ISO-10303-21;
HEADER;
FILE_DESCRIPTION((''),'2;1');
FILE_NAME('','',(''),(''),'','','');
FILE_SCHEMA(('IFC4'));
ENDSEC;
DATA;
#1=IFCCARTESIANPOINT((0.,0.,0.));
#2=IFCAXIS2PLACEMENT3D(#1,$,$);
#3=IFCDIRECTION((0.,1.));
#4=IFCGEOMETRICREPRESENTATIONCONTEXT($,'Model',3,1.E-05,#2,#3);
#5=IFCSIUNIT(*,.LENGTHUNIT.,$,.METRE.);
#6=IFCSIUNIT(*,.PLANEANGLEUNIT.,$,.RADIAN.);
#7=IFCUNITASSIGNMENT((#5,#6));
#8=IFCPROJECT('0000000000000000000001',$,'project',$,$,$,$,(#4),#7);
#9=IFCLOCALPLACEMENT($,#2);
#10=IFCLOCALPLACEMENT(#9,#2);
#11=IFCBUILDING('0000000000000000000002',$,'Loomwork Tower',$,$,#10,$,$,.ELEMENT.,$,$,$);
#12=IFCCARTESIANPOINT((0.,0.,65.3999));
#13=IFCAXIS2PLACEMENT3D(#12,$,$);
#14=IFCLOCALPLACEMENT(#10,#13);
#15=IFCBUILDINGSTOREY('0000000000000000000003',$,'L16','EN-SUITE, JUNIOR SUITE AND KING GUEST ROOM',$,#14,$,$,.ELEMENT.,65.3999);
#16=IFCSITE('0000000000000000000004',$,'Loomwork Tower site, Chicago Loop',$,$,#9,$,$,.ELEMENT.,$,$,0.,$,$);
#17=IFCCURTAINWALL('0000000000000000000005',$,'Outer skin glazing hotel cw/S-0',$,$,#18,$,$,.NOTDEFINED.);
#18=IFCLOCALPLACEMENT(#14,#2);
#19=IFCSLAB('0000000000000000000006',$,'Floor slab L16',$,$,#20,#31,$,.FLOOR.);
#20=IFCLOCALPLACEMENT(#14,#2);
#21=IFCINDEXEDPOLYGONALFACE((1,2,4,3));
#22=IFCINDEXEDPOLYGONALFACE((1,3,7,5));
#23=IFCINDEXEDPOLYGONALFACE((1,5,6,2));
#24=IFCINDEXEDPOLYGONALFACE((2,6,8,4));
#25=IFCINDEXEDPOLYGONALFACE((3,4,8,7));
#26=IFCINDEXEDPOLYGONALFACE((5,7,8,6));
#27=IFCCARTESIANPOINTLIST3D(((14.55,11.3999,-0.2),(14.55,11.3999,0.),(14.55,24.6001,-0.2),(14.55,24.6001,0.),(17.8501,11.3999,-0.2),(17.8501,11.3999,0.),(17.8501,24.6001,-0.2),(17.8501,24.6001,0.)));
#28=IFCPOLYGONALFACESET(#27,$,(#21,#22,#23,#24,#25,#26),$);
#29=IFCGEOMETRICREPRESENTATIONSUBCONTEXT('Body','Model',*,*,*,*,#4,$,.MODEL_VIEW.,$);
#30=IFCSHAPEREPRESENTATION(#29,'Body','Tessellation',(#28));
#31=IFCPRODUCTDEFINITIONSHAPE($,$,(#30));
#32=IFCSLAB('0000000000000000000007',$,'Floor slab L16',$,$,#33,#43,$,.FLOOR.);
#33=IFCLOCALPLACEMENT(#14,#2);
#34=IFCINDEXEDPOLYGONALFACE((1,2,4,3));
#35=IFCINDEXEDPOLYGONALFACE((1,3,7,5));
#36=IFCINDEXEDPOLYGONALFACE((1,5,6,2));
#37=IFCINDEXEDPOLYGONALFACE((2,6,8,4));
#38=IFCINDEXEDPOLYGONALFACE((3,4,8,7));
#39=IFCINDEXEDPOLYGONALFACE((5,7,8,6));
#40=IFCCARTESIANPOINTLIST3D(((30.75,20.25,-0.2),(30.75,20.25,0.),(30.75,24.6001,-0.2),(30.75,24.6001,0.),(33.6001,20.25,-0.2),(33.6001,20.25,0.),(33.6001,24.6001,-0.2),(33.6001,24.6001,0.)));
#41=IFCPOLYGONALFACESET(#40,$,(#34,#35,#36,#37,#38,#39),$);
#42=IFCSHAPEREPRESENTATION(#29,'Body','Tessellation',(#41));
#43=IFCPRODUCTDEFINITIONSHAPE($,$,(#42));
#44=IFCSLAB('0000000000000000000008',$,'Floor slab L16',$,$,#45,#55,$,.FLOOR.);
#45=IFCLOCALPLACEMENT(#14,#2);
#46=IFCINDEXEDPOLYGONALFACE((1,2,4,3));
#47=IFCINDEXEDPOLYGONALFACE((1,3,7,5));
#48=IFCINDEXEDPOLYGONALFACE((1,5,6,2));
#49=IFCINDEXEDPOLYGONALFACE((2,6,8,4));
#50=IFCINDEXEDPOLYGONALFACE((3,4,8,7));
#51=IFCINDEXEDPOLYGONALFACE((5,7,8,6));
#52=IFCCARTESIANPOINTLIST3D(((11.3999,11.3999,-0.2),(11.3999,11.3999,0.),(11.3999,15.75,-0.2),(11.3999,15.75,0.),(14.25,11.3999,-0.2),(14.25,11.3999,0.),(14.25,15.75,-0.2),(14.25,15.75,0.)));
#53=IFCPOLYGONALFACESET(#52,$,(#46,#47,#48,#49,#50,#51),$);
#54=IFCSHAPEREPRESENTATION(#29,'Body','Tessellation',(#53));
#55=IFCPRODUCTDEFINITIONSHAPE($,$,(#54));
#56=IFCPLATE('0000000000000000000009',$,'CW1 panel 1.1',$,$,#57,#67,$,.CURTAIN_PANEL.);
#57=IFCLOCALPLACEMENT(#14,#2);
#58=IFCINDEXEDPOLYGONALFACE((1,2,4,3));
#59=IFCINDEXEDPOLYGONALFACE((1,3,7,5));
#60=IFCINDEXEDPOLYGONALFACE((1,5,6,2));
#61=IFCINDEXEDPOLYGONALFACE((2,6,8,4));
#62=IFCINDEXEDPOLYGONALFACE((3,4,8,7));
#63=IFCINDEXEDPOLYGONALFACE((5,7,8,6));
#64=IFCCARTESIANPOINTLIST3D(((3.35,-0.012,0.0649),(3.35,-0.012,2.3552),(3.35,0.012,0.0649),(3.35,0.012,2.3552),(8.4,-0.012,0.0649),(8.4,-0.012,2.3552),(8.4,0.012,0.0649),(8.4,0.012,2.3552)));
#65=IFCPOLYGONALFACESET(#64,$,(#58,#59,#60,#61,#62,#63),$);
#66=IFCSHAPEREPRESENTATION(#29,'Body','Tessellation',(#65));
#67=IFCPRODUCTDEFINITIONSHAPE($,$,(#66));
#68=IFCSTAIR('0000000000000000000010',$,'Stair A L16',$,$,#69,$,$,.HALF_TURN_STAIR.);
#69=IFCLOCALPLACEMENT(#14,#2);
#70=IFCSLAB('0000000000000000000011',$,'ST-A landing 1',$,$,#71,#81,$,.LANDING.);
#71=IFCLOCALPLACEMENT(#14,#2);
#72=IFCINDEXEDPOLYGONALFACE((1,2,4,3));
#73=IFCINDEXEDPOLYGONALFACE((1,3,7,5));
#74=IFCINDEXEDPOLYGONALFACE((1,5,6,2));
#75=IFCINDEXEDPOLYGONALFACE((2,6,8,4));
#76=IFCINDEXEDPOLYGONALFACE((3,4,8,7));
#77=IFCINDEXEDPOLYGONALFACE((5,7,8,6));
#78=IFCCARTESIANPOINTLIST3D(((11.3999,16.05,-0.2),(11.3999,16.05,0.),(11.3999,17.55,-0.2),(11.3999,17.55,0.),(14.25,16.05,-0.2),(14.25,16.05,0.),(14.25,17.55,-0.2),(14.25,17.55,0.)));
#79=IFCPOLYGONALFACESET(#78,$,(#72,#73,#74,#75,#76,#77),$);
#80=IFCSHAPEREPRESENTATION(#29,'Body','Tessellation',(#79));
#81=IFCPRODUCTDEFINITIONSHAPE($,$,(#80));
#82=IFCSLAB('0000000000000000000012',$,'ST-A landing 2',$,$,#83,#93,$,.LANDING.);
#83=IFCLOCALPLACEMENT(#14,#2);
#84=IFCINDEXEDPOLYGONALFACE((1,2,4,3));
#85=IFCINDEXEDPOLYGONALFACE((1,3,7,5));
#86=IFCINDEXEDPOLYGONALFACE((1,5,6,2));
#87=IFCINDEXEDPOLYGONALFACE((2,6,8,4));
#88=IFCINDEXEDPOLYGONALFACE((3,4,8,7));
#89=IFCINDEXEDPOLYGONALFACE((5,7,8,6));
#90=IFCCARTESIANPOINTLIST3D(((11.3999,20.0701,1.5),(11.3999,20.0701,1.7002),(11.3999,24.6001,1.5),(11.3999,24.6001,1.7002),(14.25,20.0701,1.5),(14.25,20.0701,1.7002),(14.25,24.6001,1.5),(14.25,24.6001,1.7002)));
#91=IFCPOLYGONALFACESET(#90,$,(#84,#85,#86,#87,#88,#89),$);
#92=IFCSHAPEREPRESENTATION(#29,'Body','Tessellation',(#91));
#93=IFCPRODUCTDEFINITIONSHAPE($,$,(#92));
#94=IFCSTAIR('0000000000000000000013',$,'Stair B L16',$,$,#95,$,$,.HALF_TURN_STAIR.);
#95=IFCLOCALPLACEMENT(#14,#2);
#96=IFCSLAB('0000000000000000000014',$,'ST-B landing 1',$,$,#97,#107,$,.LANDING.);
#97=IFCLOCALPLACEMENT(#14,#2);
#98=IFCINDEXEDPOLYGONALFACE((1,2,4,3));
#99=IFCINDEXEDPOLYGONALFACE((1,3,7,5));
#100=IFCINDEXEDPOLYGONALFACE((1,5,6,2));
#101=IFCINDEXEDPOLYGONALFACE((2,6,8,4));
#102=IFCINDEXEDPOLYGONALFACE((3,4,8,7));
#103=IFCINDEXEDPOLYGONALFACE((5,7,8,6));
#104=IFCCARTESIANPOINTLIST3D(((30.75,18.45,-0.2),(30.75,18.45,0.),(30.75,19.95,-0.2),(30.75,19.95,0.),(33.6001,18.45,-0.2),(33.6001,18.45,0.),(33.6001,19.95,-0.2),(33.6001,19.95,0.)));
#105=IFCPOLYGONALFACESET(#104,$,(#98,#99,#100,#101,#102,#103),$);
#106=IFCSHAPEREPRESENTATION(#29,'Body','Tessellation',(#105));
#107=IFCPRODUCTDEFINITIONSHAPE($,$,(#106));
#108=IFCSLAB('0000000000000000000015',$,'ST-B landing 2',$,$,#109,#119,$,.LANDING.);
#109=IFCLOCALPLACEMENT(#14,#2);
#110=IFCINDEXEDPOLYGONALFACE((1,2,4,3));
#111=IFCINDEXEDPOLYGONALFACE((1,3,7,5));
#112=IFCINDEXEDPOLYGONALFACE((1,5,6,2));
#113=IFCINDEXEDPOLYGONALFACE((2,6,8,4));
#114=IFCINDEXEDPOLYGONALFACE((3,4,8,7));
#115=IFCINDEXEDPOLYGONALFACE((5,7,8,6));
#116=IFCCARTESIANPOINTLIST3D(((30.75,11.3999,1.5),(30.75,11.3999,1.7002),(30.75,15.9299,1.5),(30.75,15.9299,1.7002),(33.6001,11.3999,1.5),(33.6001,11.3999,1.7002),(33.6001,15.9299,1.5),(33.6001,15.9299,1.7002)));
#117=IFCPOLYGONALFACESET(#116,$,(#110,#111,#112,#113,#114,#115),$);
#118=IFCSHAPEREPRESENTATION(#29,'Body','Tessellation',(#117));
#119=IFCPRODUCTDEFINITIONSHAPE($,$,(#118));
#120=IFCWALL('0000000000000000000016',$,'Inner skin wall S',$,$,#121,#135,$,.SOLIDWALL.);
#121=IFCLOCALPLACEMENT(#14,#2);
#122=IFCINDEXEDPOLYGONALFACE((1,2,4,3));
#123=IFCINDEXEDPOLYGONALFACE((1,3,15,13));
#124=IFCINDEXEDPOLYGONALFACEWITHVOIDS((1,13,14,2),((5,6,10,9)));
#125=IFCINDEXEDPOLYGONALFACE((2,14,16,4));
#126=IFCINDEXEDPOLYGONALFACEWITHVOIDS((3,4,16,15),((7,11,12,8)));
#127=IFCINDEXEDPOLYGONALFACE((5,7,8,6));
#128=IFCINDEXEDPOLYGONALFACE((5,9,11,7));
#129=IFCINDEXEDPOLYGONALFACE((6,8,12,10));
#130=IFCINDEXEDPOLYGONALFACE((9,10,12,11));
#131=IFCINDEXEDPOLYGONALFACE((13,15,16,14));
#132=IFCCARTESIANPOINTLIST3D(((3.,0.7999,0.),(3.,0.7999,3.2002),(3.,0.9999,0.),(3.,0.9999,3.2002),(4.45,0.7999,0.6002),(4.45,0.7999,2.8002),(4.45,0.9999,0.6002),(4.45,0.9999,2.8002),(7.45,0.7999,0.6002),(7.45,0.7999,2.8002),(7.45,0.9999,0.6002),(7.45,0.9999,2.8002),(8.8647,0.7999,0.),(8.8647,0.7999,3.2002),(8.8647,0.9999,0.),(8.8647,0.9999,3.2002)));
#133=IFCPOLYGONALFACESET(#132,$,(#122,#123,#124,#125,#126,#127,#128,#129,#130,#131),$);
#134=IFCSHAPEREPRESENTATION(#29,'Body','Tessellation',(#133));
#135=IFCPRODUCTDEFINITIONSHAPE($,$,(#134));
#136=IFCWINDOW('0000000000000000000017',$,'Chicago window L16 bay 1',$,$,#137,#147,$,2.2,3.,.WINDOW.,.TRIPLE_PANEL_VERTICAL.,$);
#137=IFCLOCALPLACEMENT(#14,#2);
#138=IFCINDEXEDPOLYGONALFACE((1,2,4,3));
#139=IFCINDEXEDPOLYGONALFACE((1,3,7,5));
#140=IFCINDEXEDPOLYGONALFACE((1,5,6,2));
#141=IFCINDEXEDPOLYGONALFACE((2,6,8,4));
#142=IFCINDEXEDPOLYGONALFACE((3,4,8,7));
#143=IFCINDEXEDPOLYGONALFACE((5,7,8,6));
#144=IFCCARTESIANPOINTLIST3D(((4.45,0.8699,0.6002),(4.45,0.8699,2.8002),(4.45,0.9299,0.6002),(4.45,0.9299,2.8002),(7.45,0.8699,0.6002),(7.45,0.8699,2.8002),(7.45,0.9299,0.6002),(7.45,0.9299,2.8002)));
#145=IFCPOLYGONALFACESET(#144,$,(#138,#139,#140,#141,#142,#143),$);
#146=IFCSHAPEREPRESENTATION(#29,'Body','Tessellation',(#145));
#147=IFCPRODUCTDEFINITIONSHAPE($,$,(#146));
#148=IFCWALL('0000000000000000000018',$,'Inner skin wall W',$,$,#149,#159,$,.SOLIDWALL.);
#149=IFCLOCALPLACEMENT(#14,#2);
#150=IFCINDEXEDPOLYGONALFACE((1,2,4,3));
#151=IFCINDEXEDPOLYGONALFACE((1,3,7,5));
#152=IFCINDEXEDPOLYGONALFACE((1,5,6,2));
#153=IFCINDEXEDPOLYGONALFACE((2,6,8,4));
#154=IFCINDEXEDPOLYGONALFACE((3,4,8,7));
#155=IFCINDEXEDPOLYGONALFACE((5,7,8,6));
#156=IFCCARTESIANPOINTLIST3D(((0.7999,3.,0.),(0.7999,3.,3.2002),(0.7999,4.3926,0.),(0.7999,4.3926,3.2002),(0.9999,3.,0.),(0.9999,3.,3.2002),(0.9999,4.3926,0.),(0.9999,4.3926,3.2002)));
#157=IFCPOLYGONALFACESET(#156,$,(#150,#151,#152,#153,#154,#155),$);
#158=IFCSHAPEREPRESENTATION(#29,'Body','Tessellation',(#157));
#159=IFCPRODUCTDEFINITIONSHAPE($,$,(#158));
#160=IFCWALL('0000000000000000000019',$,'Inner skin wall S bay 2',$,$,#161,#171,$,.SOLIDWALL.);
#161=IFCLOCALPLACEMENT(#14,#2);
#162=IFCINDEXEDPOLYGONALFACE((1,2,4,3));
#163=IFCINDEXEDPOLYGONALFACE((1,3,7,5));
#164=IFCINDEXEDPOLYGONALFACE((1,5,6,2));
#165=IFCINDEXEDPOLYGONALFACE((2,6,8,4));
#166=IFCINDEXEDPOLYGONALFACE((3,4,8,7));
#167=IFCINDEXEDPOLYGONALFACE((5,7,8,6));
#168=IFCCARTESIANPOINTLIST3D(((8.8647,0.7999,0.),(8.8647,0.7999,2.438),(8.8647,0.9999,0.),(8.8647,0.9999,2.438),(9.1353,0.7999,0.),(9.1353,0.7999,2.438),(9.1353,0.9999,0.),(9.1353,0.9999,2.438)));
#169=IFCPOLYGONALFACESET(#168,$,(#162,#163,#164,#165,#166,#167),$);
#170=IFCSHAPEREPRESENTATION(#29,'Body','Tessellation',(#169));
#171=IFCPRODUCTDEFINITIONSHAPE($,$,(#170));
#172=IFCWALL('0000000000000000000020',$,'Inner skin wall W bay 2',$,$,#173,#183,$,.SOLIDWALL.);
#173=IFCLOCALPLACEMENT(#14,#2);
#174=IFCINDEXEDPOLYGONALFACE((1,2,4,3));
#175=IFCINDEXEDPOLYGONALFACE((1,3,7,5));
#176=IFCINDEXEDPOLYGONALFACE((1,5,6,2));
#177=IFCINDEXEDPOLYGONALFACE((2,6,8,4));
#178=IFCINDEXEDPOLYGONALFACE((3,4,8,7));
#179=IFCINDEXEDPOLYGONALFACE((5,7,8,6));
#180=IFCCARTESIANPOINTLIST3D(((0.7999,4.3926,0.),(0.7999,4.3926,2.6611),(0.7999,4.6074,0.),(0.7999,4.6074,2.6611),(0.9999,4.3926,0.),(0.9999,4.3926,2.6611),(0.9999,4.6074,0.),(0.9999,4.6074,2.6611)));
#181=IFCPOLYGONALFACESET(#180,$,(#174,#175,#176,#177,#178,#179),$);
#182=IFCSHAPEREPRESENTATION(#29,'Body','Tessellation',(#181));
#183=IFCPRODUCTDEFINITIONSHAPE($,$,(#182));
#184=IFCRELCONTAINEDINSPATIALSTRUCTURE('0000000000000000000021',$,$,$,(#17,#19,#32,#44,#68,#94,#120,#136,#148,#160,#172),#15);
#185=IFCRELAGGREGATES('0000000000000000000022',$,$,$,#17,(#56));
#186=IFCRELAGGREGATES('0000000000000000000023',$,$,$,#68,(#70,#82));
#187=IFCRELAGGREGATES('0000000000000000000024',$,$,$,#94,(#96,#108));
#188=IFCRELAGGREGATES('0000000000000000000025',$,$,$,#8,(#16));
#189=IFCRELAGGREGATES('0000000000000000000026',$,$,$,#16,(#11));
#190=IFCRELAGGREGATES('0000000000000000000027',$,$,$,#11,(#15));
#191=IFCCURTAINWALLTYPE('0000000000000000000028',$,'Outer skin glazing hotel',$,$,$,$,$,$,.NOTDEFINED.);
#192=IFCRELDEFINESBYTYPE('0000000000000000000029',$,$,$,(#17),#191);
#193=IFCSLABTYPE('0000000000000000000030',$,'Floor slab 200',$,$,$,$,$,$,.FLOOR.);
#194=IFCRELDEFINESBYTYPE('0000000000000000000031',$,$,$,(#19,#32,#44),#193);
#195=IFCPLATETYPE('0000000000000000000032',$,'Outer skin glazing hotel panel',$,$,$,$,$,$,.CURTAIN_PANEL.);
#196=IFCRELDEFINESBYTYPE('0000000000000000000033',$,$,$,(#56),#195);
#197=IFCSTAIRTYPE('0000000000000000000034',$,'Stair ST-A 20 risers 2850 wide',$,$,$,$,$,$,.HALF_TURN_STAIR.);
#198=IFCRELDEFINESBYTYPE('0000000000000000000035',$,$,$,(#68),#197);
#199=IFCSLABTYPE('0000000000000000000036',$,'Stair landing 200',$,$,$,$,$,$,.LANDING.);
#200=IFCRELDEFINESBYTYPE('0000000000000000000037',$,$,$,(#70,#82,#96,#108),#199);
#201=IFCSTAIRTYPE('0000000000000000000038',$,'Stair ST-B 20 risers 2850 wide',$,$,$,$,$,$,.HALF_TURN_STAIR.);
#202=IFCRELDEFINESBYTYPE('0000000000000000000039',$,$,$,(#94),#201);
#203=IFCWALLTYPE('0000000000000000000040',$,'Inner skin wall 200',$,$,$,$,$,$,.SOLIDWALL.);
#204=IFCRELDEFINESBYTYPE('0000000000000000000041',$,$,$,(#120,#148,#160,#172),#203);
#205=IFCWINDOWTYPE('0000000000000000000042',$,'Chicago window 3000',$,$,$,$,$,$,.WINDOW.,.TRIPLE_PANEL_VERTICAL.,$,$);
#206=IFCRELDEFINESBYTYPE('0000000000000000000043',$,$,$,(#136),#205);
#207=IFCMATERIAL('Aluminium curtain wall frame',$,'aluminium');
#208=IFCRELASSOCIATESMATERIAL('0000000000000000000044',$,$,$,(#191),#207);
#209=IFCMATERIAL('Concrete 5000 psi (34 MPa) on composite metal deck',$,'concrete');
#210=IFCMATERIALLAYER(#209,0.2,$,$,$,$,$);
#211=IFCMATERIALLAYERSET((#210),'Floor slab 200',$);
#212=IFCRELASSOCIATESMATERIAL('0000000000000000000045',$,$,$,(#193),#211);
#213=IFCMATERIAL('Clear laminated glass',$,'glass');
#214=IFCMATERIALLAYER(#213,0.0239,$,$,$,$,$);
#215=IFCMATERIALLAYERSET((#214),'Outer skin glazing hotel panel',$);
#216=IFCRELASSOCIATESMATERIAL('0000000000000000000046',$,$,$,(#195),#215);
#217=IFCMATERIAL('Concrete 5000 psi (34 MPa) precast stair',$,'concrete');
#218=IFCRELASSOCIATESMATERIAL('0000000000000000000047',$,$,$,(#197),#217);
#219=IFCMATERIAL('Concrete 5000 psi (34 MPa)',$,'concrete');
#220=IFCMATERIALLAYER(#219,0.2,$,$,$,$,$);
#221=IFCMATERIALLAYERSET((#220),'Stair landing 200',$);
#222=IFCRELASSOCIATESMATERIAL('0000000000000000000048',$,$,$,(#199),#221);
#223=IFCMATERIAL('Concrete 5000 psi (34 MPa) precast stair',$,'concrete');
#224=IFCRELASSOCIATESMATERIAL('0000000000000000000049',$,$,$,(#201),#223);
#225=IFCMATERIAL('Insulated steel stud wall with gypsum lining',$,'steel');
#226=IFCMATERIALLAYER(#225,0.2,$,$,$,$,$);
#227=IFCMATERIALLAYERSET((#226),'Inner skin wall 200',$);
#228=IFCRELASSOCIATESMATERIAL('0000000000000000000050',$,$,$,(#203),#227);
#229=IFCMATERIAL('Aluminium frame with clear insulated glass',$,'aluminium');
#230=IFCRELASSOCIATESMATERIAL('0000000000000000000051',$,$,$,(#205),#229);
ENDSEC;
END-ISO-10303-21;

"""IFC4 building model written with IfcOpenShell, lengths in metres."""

from ifc_helpers import new_model, si_unit, direction, frame, frame_2d, origin, origin_2d, place, context, subcontext, project, spatial, polyline, rectangle, outline, extrude, material, layer, layer_set, type_object, element, fill, aggregate, save


model = new_model("IFC4")

# Units and contexts
model_context = context("Model", 3, precision=1e-05, world=origin(), true_north=direction((0.0, 1.0)))
body_context = subcontext(model_context, "Body", "Model", "MODEL_VIEW")
ifc_project = project(units=[si_unit("LENGTHUNIT", "METRE"), si_unit("PLANEANGLEUNIT", "RADIAN")], contexts=[model_context])

# Site, building, storey
site_placement = place(None, origin())
site = spatial("IfcSite", under=ifc_project, at=site_placement, Name="Loomwork Tower site, Chicago Loop", CompositionType="ELEMENT", RefElevation=0.0)
building_placement = place(site_placement, origin())
building = spatial("IfcBuilding", under=site, at=building_placement, Name="Loomwork Tower", CompositionType="ELEMENT")
storey_placement = place(building_placement, frame((0.0, 0.0, 65.3999)))
storey = spatial("IfcBuildingStorey", under=building, at=storey_placement, Name="L16", Description="EN-SUITE, JUNIOR SUITE AND KING GUEST ROOM", CompositionType="ELEMENT", Elevation=65.3999)

# Curtain wall
ifc_material_1 = material(Name="Aluminium curtain wall frame", Category="aluminium")
curtain_wall_type = type_object("IfcCurtainWallType", Name="Outer skin glazing hotel", PredefinedType="NOTDEFINED", material=ifc_material_1)
curtain_wall_1_placement = place(storey_placement, origin())
curtain_wall_1 = element("IfcCurtainWall", 1, at=curtain_wall_1_placement, inside=storey, type_object=curtain_wall_type, Name="Outer skin glazing hotel cw/S-0", PredefinedType="NOTDEFINED")

# Slabs
ifc_material_2 = material(Name="Concrete 5000 psi (34 MPa) on composite metal deck", Category="concrete")
ifc_layer_1 = layer(ifc_material_2, 0.2)
ifc_layer_set_1 = layer_set([ifc_layer_1], Name="Floor slab 200")
slab_type_1 = type_object("IfcSlabType", Name="Floor slab 200", PredefinedType="FLOOR", material=ifc_layer_set_1)
slab_1_placement = place(storey_placement, frame((0.0, 0.0, -0.2)))
element("IfcSlab", 2, at=slab_1_placement, inside=storey, type_object=slab_type_1, Name="Floor slab L16", PredefinedType="FLOOR", context=body_context, shape_type="SweptSolid", body=[
    extrude(outline(polyline([(14.55, 11.3999), (14.55, 24.6001), (17.8501, 24.6001), (17.8501, 11.3999), (14.55, 11.3999)])), origin(), (0.0, 0.0, 1.0), 0.2),
])
slab_2_placement = place(storey_placement, frame((0.0, 0.0, -0.2)))
element("IfcSlab", 3, at=slab_2_placement, inside=storey, type_object=slab_type_1, Name="Floor slab L16", PredefinedType="FLOOR", context=body_context, shape_type="SweptSolid", body=[
    extrude(outline(polyline([(33.6001, 20.25), (30.75, 20.25), (30.75, 24.6001), (33.6001, 24.6001), (33.6001, 20.25)])), origin(), (0.0, 0.0, 1.0), 0.2),
])
slab_3_placement = place(storey_placement, frame((0.0, 0.0, -0.2)))
element("IfcSlab", 4, at=slab_3_placement, inside=storey, type_object=slab_type_1, Name="Floor slab L16", PredefinedType="FLOOR", context=body_context, shape_type="SweptSolid", body=[
    extrude(outline(polyline([(14.25, 15.75), (14.25, 11.3999), (11.3999, 11.3999), (11.3999, 15.75), (14.25, 15.75)])), origin(), (0.0, 0.0, 1.0), 0.2),
])

# Plate
ifc_material_3 = material(Name="Clear laminated glass", Category="glass")
ifc_layer_2 = layer(ifc_material_3, 0.0239)
ifc_layer_set_2 = layer_set([ifc_layer_2], Name="Outer skin glazing hotel panel")
plate_type = type_object("IfcPlateType", Name="Outer skin glazing hotel panel", PredefinedType="CURTAIN_PANEL", material=ifc_layer_set_2)
plate_placement = place(storey_placement, frame((5.875, 0.0, 0.0649), z_axis=(0.0, 0.0, 1.0), x_axis=(1.0, 0.0, 0.0)))
plate = element("IfcPlate", 5, at=plate_placement, type_object=plate_type, Name="CW1 panel 1.1", PredefinedType="CURTAIN_PANEL", context=body_context, shape_type="SweptSolid", body=[
    extrude(rectangle(XDim=5.05, YDim=0.0239, at=origin_2d()), origin(), (0.0, 0.0, 1.0), 2.2903),
])
aggregate(curtain_wall_1, [plate])

# Stairs, slabs
ifc_material_4 = material(Name="Concrete 5000 psi (34 MPa) precast stair", Category="concrete")
stair_type_1 = type_object("IfcStairType", Name="Stair ST-A 20 risers 2850 wide", PredefinedType="HALF_TURN_STAIR", material=ifc_material_4)
stair_1_placement = place(storey_placement, origin())
stair_1 = element("IfcStair", 6, at=stair_1_placement, inside=storey, type_object=stair_type_1, Name="Stair A L16", PredefinedType="HALF_TURN_STAIR")
ifc_material_5 = material(Name="Concrete 5000 psi (34 MPa)", Category="concrete")
ifc_layer_3 = layer(ifc_material_5, 0.2)
ifc_layer_set_3 = layer_set([ifc_layer_3], Name="Stair landing 200")
slab_type_2 = type_object("IfcSlabType", Name="Stair landing 200", PredefinedType="LANDING", material=ifc_layer_set_3)
slab_4_placement = place(storey_placement, frame((0.0, 0.0, -0.2)))
slab_4 = element("IfcSlab", 7, at=slab_4_placement, type_object=slab_type_2, Name="ST-A landing 1", PredefinedType="LANDING", context=body_context, shape_type="SweptSolid", body=[
    extrude(outline(polyline([(11.3999, 16.05), (14.25, 16.05), (14.25, 17.55), (11.3999, 17.55), (11.3999, 16.05)])), origin(), (0.0, 0.0, 1.0), 0.2),
])
slab_5_placement = place(storey_placement, frame((0.0, 0.0, 1.5)))
slab_5 = element("IfcSlab", 8, at=slab_5_placement, type_object=slab_type_2, Name="ST-A landing 2", PredefinedType="LANDING", context=body_context, shape_type="SweptSolid", body=[
    extrude(outline(polyline([(11.3999, 20.0701), (14.25, 20.0701), (14.25, 24.6001), (11.3999, 24.6001), (11.3999, 20.0701)])), origin(), (0.0, 0.0, 1.0), 0.2002),
])
aggregate(stair_1, [slab_4, slab_5])
ifc_material_6 = material(Name="Concrete 5000 psi (34 MPa) precast stair", Category="concrete")
stair_type_2 = type_object("IfcStairType", Name="Stair ST-B 20 risers 2850 wide", PredefinedType="HALF_TURN_STAIR", material=ifc_material_6)
stair_2_placement = place(storey_placement, origin())
stair_2 = element("IfcStair", 9, at=stair_2_placement, inside=storey, type_object=stair_type_2, Name="Stair B L16", PredefinedType="HALF_TURN_STAIR")
slab_6_placement = place(storey_placement, frame((0.0, 0.0, -0.2)))
slab_6 = element("IfcSlab", 10, at=slab_6_placement, type_object=slab_type_2, Name="ST-B landing 1", PredefinedType="LANDING", context=body_context, shape_type="SweptSolid", body=[
    extrude(outline(polyline([(30.75, 18.45), (33.6001, 18.45), (33.6001, 19.95), (30.75, 19.95), (30.75, 18.45)])), origin(), (0.0, 0.0, 1.0), 0.2),
])
slab_7_placement = place(storey_placement, frame((0.0, 0.0, 1.5)))
slab_7 = element("IfcSlab", 11, at=slab_7_placement, type_object=slab_type_2, Name="ST-B landing 2", PredefinedType="LANDING", context=body_context, shape_type="SweptSolid", body=[
    extrude(outline(polyline([(30.75, 11.3999), (33.6001, 11.3999), (33.6001, 15.9299), (30.75, 15.9299), (30.75, 11.3999)])), origin(), (0.0, 0.0, 1.0), 0.2002),
])
aggregate(stair_2, [slab_6, slab_7])

# Wall, opening, window
ifc_material_7 = material(Name="Insulated steel stud wall with gypsum lining", Category="steel")
ifc_layer_4 = layer(ifc_material_7, 0.2)
ifc_layer_set_4 = layer_set([ifc_layer_4], Name="Inner skin wall 200")
wall_type_1 = type_object("IfcWallType", Name="Inner skin wall 200", PredefinedType="SOLIDWALL", material=ifc_layer_set_4)
wall_1_placement = place(storey_placement, frame((3.0, 0.8999, 0.0), z_axis=(0.0, 0.0, 1.0), x_axis=(1.0, 0.0, 0.0)))
wall_1 = element("IfcWall", 12, at=wall_1_placement, inside=storey, type_object=wall_type_1, Name="Inner skin wall S", PredefinedType="SOLIDWALL", context=body_context, shape_type="SweptSolid", body=[
    extrude(rectangle(XDim=5.8647, YDim=0.2, at=frame_2d((2.9324, 0.0))), origin(), (0.0, 0.0, 1.0), 3.2002),
])
opening_1_placement = place(wall_1_placement, frame((1.45, 0.0, 0.6001)))
opening_1 = element("IfcOpeningElement", 13, at=opening_1_placement, cuts=wall_1, PredefinedType="OPENING", context=body_context, shape_type="SweptSolid", body=[
    extrude(rectangle(XDim=3.0, YDim=2.2, at=frame_2d((1.5, 1.1001))), frame((0.0, 0.1099, 0.0), z_axis=(0.0, -1.0, 0.0), x_axis=(1.0, 0.0, 0.0)), (0.0, 0.0, 1.0), 0.22),
])
ifc_material_8 = material(Name="Aluminium frame with clear insulated glass", Category="aluminium")
window_type_1 = type_object("IfcWindowType", Name="Chicago window 3000", PartitioningType="TRIPLE_PANEL_VERTICAL", PredefinedType="WINDOW", material=ifc_material_8)
window_1_placement = place(opening_1_placement, origin())
window_1 = element("IfcWindow", 14, at=window_1_placement, inside=storey, type_object=window_type_1, Name="Chicago window L16 bay 1", OverallHeight=2.2, OverallWidth=3.0, PartitioningType="TRIPLE_PANEL_VERTICAL", PredefinedType="WINDOW", context=body_context, shape_type="SweptSolid", body=[
    extrude(rectangle(XDim=3.0, YDim=2.2, at=frame_2d((1.5, 1.1001))), frame((0.0, 0.03, 0.0), z_axis=(0.0, -1.0, 0.0), x_axis=(1.0, 0.0, 0.0)), (0.0, 0.0, 1.0), 0.0601),
])
fill(opening_1, window_1)

# Walls
wall_2_placement = place(storey_placement, frame((0.8999, 3.0, 0.0), z_axis=(0.0, 0.0, 1.0), x_axis=(0.0, 1.0, 0.0)))
element("IfcWall", 15, at=wall_2_placement, inside=storey, type_object=wall_type_1, Name="Inner skin wall W", PredefinedType="SOLIDWALL", context=body_context, shape_type="SweptSolid", body=[
    extrude(rectangle(XDim=1.3926, YDim=0.2, at=frame_2d((0.6963, 0.0))), origin(), (0.0, 0.0, 1.0), 3.2002),
])
wall_3_placement = place(storey_placement, frame((8.8647, 0.8999, 0.0), z_axis=(0.0, 0.0, 1.0), x_axis=(1.0, 0.0, 0.0)))
element("IfcWall", 16, at=wall_3_placement, inside=storey, type_object=wall_type_1, Name="Inner skin wall S bay 2", PredefinedType="SOLIDWALL", context=body_context, shape_type="SweptSolid", body=[
    extrude(rectangle(XDim=0.2705, YDim=0.2, at=frame_2d((0.1353, 0.0))), origin(), (0.0, 0.0, 1.0), 2.438),
])
wall_4_placement = place(storey_placement, frame((0.8999, 4.3926, 0.0), z_axis=(0.0, 0.0, 1.0), x_axis=(0.0, 1.0, 0.0)))
element("IfcWall", 17, at=wall_4_placement, inside=storey, type_object=wall_type_1, Name="Inner skin wall W bay 2", PredefinedType="SOLIDWALL", context=body_context, shape_type="SweptSolid", body=[
    extrude(rectangle(XDim=0.2148, YDim=0.2, at=frame_2d((0.1074, 0.0))), origin(), (0.0, 0.0, 1.0), 2.6611),
])

save(model, "model.ifc")
